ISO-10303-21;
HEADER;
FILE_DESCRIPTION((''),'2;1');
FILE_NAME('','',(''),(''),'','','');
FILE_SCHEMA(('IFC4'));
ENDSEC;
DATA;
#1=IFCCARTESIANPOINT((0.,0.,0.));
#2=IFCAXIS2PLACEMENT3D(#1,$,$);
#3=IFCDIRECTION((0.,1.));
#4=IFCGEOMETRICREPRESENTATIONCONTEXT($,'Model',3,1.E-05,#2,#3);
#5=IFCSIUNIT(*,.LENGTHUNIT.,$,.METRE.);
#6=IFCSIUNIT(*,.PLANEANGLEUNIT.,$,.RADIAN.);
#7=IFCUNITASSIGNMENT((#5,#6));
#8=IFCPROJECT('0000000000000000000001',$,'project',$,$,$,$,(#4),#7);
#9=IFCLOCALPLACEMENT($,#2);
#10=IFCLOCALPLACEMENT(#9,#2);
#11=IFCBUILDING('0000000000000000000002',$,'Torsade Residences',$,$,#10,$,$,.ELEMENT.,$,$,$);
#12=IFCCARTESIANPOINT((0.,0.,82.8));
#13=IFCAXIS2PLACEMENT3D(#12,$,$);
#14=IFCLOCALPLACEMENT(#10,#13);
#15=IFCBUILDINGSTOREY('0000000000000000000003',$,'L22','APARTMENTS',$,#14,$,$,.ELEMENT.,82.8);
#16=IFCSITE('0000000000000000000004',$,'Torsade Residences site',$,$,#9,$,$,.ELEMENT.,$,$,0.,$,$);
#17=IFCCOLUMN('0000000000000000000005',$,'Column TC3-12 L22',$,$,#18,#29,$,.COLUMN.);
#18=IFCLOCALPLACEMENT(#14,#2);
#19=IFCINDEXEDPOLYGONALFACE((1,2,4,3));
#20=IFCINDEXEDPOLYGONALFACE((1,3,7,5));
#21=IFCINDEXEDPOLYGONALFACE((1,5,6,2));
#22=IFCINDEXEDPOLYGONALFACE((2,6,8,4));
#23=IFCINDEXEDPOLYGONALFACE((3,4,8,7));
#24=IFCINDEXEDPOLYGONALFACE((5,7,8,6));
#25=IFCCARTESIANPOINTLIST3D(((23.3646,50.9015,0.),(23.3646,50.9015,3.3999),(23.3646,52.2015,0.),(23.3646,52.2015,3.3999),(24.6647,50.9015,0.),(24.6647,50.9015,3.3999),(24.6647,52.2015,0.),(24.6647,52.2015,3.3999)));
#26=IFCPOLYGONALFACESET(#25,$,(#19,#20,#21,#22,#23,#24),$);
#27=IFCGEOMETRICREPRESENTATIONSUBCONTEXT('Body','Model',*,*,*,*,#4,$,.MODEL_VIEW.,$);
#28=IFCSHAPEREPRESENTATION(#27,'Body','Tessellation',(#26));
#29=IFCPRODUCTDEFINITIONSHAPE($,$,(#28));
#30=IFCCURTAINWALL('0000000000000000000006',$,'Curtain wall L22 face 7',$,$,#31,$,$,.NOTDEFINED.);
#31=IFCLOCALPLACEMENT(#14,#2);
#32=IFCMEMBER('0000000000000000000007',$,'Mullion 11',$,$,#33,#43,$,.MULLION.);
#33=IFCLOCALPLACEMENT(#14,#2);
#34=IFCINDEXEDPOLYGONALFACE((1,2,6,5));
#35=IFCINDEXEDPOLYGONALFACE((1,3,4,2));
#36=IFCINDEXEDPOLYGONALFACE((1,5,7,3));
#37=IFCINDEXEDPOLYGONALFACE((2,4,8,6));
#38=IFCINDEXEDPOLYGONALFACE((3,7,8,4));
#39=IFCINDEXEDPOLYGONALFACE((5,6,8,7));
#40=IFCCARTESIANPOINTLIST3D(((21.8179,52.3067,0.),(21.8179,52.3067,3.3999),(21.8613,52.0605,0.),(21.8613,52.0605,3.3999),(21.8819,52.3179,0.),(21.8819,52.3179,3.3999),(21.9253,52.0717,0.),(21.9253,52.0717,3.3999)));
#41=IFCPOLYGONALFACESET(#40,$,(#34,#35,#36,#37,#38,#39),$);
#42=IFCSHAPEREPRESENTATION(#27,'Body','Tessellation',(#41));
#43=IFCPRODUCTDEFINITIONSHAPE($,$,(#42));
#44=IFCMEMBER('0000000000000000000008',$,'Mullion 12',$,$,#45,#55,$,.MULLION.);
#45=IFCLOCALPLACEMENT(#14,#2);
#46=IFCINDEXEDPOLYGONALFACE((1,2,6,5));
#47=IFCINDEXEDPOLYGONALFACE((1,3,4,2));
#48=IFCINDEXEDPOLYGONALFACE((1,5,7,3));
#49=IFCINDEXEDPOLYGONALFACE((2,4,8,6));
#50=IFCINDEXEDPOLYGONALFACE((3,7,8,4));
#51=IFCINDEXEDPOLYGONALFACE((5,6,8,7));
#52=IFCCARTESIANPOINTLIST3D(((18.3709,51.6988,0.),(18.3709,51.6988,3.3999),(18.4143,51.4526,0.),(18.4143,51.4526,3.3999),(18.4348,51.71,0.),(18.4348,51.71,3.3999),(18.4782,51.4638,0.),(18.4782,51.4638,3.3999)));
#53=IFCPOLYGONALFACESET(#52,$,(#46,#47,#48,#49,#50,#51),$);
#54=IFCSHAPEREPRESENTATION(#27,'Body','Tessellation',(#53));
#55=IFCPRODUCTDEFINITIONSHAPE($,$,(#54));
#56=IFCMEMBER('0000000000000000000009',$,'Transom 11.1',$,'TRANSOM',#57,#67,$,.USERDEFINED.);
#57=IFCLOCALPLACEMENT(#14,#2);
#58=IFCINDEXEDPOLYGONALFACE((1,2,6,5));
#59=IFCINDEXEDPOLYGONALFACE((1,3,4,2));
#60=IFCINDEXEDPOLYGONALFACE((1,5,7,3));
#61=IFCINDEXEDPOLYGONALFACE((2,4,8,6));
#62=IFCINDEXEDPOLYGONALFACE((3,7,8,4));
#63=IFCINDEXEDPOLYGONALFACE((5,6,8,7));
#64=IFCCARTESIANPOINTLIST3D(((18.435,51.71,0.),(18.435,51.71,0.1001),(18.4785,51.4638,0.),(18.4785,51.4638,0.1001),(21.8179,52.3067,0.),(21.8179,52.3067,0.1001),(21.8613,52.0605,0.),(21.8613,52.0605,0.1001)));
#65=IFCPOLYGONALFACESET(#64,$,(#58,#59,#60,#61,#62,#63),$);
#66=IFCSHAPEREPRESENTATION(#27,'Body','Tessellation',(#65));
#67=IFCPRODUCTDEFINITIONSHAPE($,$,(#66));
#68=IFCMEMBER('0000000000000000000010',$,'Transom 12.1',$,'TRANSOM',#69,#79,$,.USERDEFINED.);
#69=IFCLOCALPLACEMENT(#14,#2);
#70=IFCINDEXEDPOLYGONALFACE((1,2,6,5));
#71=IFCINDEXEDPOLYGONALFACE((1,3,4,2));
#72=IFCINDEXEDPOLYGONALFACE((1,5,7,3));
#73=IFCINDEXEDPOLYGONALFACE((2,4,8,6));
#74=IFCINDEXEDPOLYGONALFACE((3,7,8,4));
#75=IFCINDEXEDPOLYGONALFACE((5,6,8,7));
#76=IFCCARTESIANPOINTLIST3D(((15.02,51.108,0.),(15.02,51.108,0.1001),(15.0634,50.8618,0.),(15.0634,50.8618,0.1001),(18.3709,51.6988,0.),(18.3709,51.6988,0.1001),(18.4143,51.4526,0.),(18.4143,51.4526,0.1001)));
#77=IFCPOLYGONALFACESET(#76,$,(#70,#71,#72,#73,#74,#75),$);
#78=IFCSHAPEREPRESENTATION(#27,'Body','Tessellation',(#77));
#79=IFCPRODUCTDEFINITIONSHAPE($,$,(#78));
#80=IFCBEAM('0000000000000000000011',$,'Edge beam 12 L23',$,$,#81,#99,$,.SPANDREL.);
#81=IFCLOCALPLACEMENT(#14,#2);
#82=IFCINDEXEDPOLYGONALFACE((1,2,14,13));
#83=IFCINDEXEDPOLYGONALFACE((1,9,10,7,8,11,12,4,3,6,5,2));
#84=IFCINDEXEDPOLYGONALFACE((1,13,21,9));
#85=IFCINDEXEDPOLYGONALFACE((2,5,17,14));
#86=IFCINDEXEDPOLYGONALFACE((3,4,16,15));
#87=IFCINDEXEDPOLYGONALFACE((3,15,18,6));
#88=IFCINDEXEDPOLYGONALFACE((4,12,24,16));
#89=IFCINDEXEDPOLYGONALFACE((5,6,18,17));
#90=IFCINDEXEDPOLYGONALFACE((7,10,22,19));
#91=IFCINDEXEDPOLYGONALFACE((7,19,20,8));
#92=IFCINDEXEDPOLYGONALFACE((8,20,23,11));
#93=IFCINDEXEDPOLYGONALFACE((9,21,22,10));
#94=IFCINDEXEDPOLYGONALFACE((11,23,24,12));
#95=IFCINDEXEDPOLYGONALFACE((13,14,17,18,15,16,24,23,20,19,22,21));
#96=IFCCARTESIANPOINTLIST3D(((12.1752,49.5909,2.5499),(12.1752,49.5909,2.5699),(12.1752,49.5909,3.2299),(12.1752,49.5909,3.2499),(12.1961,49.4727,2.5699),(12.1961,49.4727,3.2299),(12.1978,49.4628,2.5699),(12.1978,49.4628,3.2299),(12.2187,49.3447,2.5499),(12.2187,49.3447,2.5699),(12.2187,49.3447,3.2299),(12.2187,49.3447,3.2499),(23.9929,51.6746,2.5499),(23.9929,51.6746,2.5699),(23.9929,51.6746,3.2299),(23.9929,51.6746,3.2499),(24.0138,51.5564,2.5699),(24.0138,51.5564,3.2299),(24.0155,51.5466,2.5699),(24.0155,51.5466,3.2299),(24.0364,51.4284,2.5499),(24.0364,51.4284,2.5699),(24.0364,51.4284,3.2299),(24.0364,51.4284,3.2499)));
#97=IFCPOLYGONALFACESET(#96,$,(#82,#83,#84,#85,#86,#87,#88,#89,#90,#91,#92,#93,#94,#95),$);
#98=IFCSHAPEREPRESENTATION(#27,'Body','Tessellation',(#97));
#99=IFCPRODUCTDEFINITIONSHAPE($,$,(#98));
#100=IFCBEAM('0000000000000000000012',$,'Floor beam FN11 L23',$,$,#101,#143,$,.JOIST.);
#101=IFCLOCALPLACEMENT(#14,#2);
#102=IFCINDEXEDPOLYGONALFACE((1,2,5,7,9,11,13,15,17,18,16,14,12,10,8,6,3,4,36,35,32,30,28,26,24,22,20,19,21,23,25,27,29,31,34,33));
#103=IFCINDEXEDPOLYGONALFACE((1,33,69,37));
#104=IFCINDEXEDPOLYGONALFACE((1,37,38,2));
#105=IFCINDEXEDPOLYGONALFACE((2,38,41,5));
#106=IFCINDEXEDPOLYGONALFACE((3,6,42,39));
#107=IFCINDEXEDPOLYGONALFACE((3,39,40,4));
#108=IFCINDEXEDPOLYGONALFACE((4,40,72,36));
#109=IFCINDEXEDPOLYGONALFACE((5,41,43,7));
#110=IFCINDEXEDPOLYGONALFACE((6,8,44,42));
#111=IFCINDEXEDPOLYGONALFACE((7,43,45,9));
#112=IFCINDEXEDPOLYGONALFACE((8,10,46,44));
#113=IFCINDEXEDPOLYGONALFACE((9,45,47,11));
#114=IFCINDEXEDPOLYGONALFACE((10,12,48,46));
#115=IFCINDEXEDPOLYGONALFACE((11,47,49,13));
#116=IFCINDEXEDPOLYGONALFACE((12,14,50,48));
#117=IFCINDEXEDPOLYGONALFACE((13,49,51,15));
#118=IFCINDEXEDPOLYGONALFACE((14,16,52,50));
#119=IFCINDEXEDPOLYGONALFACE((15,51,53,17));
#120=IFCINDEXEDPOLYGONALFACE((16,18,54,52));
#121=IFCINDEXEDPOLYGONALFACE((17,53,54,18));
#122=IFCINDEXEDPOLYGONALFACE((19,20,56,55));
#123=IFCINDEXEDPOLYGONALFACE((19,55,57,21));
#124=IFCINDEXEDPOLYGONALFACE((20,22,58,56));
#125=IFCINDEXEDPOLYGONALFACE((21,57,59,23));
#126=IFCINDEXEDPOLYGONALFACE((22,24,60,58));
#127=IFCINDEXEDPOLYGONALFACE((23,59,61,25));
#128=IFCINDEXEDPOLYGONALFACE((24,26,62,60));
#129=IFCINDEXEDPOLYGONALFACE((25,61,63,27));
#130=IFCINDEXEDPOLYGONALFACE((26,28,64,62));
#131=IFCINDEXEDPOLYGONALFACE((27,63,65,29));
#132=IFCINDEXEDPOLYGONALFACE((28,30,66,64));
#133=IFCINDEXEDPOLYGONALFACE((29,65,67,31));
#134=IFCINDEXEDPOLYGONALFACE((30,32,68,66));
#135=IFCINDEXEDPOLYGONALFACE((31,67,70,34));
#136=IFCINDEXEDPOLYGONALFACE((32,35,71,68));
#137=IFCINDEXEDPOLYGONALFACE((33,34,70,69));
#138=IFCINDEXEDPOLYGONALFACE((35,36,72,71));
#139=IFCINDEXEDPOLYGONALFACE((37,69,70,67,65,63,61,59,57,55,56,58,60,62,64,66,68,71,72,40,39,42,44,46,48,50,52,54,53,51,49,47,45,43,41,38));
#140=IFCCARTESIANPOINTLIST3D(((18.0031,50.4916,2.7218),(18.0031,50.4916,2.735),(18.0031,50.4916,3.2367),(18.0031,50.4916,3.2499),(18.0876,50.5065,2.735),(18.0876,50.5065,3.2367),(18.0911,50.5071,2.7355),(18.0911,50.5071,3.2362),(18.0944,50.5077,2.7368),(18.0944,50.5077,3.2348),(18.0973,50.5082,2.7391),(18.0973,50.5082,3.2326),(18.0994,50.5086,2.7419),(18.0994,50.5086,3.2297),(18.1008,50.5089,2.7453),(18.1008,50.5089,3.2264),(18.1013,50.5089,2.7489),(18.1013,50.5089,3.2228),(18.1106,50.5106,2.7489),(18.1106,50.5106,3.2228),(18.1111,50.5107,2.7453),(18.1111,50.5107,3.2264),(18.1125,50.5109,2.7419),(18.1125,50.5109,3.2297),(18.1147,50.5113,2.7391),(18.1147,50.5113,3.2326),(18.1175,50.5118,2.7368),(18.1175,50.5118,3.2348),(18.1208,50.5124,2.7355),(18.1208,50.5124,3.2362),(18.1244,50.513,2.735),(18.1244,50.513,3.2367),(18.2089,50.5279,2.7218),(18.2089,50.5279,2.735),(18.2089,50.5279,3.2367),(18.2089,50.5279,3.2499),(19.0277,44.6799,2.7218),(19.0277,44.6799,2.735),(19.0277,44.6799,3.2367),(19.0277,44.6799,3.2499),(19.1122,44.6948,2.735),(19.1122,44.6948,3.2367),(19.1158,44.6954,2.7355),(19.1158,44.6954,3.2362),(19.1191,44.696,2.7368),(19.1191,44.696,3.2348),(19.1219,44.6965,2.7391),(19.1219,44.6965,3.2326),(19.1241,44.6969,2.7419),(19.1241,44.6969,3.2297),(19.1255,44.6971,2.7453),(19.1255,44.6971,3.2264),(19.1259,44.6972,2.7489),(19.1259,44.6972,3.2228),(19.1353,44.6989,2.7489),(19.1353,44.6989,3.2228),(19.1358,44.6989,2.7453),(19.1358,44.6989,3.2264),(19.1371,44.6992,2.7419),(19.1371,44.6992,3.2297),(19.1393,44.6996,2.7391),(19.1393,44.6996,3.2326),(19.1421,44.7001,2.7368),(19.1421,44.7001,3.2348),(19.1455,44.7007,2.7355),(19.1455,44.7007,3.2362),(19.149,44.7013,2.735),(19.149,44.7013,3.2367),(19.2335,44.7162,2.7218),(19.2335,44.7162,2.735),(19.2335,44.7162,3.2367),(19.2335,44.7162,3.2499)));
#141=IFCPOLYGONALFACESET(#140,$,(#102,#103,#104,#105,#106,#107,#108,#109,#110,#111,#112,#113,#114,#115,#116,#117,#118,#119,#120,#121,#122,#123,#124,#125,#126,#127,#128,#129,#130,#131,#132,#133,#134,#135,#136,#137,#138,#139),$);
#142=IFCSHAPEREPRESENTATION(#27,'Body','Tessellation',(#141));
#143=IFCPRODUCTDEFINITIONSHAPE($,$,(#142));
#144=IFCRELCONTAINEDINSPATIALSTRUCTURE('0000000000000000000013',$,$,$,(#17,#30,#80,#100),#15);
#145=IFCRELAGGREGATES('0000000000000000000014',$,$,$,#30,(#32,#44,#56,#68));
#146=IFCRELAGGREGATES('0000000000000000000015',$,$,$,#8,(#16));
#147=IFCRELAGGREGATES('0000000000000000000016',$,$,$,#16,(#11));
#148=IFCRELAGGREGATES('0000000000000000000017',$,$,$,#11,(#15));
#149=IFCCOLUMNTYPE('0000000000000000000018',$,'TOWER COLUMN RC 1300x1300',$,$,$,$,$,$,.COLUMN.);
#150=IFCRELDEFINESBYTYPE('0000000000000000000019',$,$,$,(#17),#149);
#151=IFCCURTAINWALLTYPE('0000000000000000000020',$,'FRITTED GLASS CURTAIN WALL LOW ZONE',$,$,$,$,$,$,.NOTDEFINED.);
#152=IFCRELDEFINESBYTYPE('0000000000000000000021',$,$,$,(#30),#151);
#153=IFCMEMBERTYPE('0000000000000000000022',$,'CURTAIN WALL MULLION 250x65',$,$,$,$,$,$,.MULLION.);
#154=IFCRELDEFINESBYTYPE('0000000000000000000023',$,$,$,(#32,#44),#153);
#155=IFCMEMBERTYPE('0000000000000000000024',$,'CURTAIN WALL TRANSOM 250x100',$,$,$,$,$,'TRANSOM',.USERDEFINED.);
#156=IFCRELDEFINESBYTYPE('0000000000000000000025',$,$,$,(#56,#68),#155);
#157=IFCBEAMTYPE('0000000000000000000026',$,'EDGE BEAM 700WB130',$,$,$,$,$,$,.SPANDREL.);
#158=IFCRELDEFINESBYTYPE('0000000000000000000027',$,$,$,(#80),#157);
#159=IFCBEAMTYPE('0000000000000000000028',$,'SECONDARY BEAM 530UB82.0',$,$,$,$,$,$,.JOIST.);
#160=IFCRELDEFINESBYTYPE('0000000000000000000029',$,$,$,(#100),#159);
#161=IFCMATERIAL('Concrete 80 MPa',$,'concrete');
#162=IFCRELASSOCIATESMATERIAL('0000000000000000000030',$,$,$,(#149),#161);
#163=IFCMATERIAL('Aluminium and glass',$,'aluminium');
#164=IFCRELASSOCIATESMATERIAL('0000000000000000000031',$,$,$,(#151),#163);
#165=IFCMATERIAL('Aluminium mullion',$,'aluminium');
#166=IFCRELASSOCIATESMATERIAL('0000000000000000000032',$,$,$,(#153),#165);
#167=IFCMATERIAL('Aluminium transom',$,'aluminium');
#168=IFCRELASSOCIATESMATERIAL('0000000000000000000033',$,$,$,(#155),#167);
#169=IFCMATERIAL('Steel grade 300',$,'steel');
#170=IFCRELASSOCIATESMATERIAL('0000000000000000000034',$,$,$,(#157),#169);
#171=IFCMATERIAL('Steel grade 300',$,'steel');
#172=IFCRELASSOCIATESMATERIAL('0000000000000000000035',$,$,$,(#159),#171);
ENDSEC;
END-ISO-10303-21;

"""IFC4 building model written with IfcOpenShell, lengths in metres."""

from ifc_helpers import new_model, si_unit, direction, frame, origin, origin_2d, place, context, subcontext, project, spatial, rectangle, i_section, extrude, material, material_profile, profile_set, type_object, element, aggregate, save


model = new_model("IFC4")

# Units and contexts
model_context = context("Model", 3, precision=1e-05, world=origin(), true_north=direction((0.0, 1.0)))
body_context = subcontext(model_context, "Body", "Model", "MODEL_VIEW")
ifc_project = project(units=[si_unit("LENGTHUNIT", "METRE"), si_unit("PLANEANGLEUNIT", "RADIAN")], contexts=[model_context])

# Site, building, storey
site_placement = place(None, origin())
site = spatial("IfcSite", under=ifc_project, at=site_placement, Name="Torsade Residences site", CompositionType="ELEMENT", RefElevation=0.0)
building_placement = place(site_placement, origin())
building = spatial("IfcBuilding", under=site, at=building_placement, Name="Torsade Residences", CompositionType="ELEMENT")
storey_placement = place(building_placement, frame((0.0, 0.0, 82.8)))
storey = spatial("IfcBuildingStorey", under=building, at=storey_placement, Name="L22", Description="APARTMENTS", CompositionType="ELEMENT", Elevation=82.8)

# Column
ifc_material_1 = material(Name="Concrete 80 MPa", Category="concrete")
ifc_material_profile_1 = material_profile(ifc_material_1, rectangle(XDim=1.3, YDim=1.3, at=origin_2d()), Name="RC 1300x1300")
ifc_profile_set_1 = profile_set([ifc_material_profile_1], Name="Concrete 80 MPa")
column_type = type_object("IfcColumnType", Name="TOWER COLUMN RC 1300x1300", PredefinedType="COLUMN", material=ifc_profile_set_1)
column_placement = place(storey_placement, frame((24.0146, 51.5515, 0.0), z_axis=(0.0, 0.0, 1.0), x_axis=(1.0, 0.0, 0.0)))
element("IfcColumn", 1, at=column_placement, inside=storey, type_object=column_type, Name="Column TC3-12 L22", PredefinedType="COLUMN", context=body_context, shape_type="SweptSolid", body=[
    extrude(rectangle(XDim=1.3, YDim=1.3, at=origin_2d()), origin(), (0.0, 0.0, 1.0), 3.3999),
])

# Curtain wall, members
ifc_material_2 = material(Name="Aluminium and glass", Category="aluminium")
curtain_wall_type = type_object("IfcCurtainWallType", Name="FRITTED GLASS CURTAIN WALL LOW ZONE", PredefinedType="NOTDEFINED", material=ifc_material_2)
curtain_wall_placement = place(storey_placement, origin())
curtain_wall = element("IfcCurtainWall", 2, at=curtain_wall_placement, inside=storey, type_object=curtain_wall_type, Name="Curtain wall L22 face 7", PredefinedType="NOTDEFINED")
ifc_material_3 = material(Name="Aluminium mullion", Category="aluminium")
ifc_material_profile_2 = material_profile(ifc_material_3, rectangle(XDim=0.25, YDim=0.0649, at=origin_2d()), Name="CURTAIN WALL MULLION 250x65")
ifc_profile_set_2 = profile_set([ifc_material_profile_2], Name="Aluminium mullion")
member_type_1 = type_object("IfcMemberType", Name="CURTAIN WALL MULLION 250x65", PredefinedType="MULLION", material=ifc_profile_set_2)
member_1_placement = place(storey_placement, frame((21.8716, 52.1892, 0.0), z_axis=(0.0, 0.0, 1.0), x_axis=(0.173648, -0.984808, 0.0)))
member_1 = element("IfcMember", 3, at=member_1_placement, type_object=member_type_1, Name="Mullion 11", PredefinedType="MULLION", context=body_context, shape_type="SweptSolid", body=[
    extrude(rectangle(XDim=0.25, YDim=0.0649, at=origin_2d()), origin(), (0.0, 0.0, 1.0), 3.3999),
])
member_2_placement = place(storey_placement, frame((18.4246, 51.5813, 0.0), z_axis=(0.0, 0.0, 1.0), x_axis=(0.173648, -0.984808, 0.0)))
member_2 = element("IfcMember", 4, at=member_2_placement, type_object=member_type_1, Name="Mullion 12", PredefinedType="MULLION", context=body_context, shape_type="SweptSolid", body=[
    extrude(rectangle(XDim=0.25, YDim=0.0649, at=origin_2d()), origin(), (0.0, 0.0, 1.0), 3.3999),
])
ifc_material_4 = material(Name="Aluminium transom", Category="aluminium")
ifc_material_profile_3 = material_profile(ifc_material_4, rectangle(XDim=0.25, YDim=0.1001, at=origin_2d()), Name="CURTAIN WALL TRANSOM 250x100")
ifc_profile_set_3 = profile_set([ifc_material_profile_3], Name="Aluminium transom")
member_type_2 = type_object("IfcMemberType", Name="CURTAIN WALL TRANSOM 250x100", ElementType="TRANSOM", PredefinedType="USERDEFINED", material=ifc_profile_set_3)
member_3_placement = place(storey_placement, frame((21.8396, 52.1836, 0.05), z_axis=(-0.984798, -0.173704, 0.0), x_axis=(0.173704, -0.984798, 0.0)))
member_3 = element("IfcMember", 5, at=member_3_placement, type_object=member_type_2, Name="Transom 11.1", ObjectType="TRANSOM", PredefinedType="USERDEFINED", context=body_context, shape_type="SweptSolid", body=[
    extrude(rectangle(XDim=0.25, YDim=0.1001, at=origin_2d()), origin(), (0.0, 0.0, 1.0), 3.4351),
])
member_4_placement = place(storey_placement, frame((18.3926, 51.5757, 0.05), z_axis=(-0.984809, -0.173642, 0.0), x_axis=(0.173642, -0.984809, 0.0)))
member_4 = element("IfcMember", 6, at=member_4_placement, type_object=member_type_2, Name="Transom 12.1", ObjectType="TRANSOM", PredefinedType="USERDEFINED", context=body_context, shape_type="SweptSolid", body=[
    extrude(rectangle(XDim=0.25, YDim=0.1001, at=origin_2d()), origin(), (0.0, 0.0, 1.0), 3.4026),
])

# Beams
ifc_material_5 = material(Name="Steel grade 300", Category="steel")
ifc_material_profile_4 = material_profile(ifc_material_5, i_section(OverallWidth=0.25, OverallDepth=0.7, WebThickness=0.01, FlangeThickness=0.02, at=origin_2d()), Name="700WB130")
ifc_profile_set_4 = profile_set([ifc_material_profile_4], Name="Steel grade 300")
beam_type_1 = type_object("IfcBeamType", Name="EDGE BEAM 700WB130", PredefinedType="SPANDREL", material=ifc_profile_set_4)
beam_1_placement = place(storey_placement, frame((24.0146, 51.5515, 2.8999), z_axis=(-0.984808, -0.173646, 0.0), x_axis=(0.173646, -0.984808, 0.0)))
element("IfcBeam", 7, at=beam_1_placement, inside=storey, type_object=beam_type_1, Name="Edge beam 12 L23", PredefinedType="SPANDREL", context=body_context, shape_type="SweptSolid", body=[
    extrude(i_section(OverallWidth=0.25, OverallDepth=0.7, WebThickness=0.01, FlangeThickness=0.02, at=origin_2d()), origin(), (0.0, 0.0, 1.0), 12.0),
])
ifc_material_6 = material(Name="Steel grade 300", Category="steel")
ifc_material_profile_5 = material_profile(ifc_material_6, i_section(OverallWidth=0.209, OverallDepth=0.5281, WebThickness=0.0095, FlangeThickness=0.0132, FilletRadius=0.0139, at=origin_2d()), Name="530UB82.0")
ifc_profile_set_5 = profile_set([ifc_material_profile_5], Name="Steel grade 300")
beam_type_2 = type_object("IfcBeamType", Name="SECONDARY BEAM 530UB82.0", PredefinedType="JOIST", material=ifc_profile_set_5)
beam_2_placement = place(storey_placement, frame((18.106, 50.5098, 2.9858), z_axis=(0.17363, -0.984811, 0.0), x_axis=(0.984811, 0.17363, 0.0)))
element("IfcBeam", 8, at=beam_2_placement, inside=storey, type_object=beam_type_2, Name="Floor beam FN11 L23", PredefinedType="JOIST", context=body_context, shape_type="SweptSolid", body=[
    extrude(i_section(OverallWidth=0.209, OverallDepth=0.5281, WebThickness=0.0095, FlangeThickness=0.0132, FilletRadius=0.0139, at=origin_2d()), origin(), (0.0, 0.0, 1.0), 5.9014),
])

aggregate(curtain_wall, [member_1, member_2, member_3, member_4])

save(model, "model.ifc")
